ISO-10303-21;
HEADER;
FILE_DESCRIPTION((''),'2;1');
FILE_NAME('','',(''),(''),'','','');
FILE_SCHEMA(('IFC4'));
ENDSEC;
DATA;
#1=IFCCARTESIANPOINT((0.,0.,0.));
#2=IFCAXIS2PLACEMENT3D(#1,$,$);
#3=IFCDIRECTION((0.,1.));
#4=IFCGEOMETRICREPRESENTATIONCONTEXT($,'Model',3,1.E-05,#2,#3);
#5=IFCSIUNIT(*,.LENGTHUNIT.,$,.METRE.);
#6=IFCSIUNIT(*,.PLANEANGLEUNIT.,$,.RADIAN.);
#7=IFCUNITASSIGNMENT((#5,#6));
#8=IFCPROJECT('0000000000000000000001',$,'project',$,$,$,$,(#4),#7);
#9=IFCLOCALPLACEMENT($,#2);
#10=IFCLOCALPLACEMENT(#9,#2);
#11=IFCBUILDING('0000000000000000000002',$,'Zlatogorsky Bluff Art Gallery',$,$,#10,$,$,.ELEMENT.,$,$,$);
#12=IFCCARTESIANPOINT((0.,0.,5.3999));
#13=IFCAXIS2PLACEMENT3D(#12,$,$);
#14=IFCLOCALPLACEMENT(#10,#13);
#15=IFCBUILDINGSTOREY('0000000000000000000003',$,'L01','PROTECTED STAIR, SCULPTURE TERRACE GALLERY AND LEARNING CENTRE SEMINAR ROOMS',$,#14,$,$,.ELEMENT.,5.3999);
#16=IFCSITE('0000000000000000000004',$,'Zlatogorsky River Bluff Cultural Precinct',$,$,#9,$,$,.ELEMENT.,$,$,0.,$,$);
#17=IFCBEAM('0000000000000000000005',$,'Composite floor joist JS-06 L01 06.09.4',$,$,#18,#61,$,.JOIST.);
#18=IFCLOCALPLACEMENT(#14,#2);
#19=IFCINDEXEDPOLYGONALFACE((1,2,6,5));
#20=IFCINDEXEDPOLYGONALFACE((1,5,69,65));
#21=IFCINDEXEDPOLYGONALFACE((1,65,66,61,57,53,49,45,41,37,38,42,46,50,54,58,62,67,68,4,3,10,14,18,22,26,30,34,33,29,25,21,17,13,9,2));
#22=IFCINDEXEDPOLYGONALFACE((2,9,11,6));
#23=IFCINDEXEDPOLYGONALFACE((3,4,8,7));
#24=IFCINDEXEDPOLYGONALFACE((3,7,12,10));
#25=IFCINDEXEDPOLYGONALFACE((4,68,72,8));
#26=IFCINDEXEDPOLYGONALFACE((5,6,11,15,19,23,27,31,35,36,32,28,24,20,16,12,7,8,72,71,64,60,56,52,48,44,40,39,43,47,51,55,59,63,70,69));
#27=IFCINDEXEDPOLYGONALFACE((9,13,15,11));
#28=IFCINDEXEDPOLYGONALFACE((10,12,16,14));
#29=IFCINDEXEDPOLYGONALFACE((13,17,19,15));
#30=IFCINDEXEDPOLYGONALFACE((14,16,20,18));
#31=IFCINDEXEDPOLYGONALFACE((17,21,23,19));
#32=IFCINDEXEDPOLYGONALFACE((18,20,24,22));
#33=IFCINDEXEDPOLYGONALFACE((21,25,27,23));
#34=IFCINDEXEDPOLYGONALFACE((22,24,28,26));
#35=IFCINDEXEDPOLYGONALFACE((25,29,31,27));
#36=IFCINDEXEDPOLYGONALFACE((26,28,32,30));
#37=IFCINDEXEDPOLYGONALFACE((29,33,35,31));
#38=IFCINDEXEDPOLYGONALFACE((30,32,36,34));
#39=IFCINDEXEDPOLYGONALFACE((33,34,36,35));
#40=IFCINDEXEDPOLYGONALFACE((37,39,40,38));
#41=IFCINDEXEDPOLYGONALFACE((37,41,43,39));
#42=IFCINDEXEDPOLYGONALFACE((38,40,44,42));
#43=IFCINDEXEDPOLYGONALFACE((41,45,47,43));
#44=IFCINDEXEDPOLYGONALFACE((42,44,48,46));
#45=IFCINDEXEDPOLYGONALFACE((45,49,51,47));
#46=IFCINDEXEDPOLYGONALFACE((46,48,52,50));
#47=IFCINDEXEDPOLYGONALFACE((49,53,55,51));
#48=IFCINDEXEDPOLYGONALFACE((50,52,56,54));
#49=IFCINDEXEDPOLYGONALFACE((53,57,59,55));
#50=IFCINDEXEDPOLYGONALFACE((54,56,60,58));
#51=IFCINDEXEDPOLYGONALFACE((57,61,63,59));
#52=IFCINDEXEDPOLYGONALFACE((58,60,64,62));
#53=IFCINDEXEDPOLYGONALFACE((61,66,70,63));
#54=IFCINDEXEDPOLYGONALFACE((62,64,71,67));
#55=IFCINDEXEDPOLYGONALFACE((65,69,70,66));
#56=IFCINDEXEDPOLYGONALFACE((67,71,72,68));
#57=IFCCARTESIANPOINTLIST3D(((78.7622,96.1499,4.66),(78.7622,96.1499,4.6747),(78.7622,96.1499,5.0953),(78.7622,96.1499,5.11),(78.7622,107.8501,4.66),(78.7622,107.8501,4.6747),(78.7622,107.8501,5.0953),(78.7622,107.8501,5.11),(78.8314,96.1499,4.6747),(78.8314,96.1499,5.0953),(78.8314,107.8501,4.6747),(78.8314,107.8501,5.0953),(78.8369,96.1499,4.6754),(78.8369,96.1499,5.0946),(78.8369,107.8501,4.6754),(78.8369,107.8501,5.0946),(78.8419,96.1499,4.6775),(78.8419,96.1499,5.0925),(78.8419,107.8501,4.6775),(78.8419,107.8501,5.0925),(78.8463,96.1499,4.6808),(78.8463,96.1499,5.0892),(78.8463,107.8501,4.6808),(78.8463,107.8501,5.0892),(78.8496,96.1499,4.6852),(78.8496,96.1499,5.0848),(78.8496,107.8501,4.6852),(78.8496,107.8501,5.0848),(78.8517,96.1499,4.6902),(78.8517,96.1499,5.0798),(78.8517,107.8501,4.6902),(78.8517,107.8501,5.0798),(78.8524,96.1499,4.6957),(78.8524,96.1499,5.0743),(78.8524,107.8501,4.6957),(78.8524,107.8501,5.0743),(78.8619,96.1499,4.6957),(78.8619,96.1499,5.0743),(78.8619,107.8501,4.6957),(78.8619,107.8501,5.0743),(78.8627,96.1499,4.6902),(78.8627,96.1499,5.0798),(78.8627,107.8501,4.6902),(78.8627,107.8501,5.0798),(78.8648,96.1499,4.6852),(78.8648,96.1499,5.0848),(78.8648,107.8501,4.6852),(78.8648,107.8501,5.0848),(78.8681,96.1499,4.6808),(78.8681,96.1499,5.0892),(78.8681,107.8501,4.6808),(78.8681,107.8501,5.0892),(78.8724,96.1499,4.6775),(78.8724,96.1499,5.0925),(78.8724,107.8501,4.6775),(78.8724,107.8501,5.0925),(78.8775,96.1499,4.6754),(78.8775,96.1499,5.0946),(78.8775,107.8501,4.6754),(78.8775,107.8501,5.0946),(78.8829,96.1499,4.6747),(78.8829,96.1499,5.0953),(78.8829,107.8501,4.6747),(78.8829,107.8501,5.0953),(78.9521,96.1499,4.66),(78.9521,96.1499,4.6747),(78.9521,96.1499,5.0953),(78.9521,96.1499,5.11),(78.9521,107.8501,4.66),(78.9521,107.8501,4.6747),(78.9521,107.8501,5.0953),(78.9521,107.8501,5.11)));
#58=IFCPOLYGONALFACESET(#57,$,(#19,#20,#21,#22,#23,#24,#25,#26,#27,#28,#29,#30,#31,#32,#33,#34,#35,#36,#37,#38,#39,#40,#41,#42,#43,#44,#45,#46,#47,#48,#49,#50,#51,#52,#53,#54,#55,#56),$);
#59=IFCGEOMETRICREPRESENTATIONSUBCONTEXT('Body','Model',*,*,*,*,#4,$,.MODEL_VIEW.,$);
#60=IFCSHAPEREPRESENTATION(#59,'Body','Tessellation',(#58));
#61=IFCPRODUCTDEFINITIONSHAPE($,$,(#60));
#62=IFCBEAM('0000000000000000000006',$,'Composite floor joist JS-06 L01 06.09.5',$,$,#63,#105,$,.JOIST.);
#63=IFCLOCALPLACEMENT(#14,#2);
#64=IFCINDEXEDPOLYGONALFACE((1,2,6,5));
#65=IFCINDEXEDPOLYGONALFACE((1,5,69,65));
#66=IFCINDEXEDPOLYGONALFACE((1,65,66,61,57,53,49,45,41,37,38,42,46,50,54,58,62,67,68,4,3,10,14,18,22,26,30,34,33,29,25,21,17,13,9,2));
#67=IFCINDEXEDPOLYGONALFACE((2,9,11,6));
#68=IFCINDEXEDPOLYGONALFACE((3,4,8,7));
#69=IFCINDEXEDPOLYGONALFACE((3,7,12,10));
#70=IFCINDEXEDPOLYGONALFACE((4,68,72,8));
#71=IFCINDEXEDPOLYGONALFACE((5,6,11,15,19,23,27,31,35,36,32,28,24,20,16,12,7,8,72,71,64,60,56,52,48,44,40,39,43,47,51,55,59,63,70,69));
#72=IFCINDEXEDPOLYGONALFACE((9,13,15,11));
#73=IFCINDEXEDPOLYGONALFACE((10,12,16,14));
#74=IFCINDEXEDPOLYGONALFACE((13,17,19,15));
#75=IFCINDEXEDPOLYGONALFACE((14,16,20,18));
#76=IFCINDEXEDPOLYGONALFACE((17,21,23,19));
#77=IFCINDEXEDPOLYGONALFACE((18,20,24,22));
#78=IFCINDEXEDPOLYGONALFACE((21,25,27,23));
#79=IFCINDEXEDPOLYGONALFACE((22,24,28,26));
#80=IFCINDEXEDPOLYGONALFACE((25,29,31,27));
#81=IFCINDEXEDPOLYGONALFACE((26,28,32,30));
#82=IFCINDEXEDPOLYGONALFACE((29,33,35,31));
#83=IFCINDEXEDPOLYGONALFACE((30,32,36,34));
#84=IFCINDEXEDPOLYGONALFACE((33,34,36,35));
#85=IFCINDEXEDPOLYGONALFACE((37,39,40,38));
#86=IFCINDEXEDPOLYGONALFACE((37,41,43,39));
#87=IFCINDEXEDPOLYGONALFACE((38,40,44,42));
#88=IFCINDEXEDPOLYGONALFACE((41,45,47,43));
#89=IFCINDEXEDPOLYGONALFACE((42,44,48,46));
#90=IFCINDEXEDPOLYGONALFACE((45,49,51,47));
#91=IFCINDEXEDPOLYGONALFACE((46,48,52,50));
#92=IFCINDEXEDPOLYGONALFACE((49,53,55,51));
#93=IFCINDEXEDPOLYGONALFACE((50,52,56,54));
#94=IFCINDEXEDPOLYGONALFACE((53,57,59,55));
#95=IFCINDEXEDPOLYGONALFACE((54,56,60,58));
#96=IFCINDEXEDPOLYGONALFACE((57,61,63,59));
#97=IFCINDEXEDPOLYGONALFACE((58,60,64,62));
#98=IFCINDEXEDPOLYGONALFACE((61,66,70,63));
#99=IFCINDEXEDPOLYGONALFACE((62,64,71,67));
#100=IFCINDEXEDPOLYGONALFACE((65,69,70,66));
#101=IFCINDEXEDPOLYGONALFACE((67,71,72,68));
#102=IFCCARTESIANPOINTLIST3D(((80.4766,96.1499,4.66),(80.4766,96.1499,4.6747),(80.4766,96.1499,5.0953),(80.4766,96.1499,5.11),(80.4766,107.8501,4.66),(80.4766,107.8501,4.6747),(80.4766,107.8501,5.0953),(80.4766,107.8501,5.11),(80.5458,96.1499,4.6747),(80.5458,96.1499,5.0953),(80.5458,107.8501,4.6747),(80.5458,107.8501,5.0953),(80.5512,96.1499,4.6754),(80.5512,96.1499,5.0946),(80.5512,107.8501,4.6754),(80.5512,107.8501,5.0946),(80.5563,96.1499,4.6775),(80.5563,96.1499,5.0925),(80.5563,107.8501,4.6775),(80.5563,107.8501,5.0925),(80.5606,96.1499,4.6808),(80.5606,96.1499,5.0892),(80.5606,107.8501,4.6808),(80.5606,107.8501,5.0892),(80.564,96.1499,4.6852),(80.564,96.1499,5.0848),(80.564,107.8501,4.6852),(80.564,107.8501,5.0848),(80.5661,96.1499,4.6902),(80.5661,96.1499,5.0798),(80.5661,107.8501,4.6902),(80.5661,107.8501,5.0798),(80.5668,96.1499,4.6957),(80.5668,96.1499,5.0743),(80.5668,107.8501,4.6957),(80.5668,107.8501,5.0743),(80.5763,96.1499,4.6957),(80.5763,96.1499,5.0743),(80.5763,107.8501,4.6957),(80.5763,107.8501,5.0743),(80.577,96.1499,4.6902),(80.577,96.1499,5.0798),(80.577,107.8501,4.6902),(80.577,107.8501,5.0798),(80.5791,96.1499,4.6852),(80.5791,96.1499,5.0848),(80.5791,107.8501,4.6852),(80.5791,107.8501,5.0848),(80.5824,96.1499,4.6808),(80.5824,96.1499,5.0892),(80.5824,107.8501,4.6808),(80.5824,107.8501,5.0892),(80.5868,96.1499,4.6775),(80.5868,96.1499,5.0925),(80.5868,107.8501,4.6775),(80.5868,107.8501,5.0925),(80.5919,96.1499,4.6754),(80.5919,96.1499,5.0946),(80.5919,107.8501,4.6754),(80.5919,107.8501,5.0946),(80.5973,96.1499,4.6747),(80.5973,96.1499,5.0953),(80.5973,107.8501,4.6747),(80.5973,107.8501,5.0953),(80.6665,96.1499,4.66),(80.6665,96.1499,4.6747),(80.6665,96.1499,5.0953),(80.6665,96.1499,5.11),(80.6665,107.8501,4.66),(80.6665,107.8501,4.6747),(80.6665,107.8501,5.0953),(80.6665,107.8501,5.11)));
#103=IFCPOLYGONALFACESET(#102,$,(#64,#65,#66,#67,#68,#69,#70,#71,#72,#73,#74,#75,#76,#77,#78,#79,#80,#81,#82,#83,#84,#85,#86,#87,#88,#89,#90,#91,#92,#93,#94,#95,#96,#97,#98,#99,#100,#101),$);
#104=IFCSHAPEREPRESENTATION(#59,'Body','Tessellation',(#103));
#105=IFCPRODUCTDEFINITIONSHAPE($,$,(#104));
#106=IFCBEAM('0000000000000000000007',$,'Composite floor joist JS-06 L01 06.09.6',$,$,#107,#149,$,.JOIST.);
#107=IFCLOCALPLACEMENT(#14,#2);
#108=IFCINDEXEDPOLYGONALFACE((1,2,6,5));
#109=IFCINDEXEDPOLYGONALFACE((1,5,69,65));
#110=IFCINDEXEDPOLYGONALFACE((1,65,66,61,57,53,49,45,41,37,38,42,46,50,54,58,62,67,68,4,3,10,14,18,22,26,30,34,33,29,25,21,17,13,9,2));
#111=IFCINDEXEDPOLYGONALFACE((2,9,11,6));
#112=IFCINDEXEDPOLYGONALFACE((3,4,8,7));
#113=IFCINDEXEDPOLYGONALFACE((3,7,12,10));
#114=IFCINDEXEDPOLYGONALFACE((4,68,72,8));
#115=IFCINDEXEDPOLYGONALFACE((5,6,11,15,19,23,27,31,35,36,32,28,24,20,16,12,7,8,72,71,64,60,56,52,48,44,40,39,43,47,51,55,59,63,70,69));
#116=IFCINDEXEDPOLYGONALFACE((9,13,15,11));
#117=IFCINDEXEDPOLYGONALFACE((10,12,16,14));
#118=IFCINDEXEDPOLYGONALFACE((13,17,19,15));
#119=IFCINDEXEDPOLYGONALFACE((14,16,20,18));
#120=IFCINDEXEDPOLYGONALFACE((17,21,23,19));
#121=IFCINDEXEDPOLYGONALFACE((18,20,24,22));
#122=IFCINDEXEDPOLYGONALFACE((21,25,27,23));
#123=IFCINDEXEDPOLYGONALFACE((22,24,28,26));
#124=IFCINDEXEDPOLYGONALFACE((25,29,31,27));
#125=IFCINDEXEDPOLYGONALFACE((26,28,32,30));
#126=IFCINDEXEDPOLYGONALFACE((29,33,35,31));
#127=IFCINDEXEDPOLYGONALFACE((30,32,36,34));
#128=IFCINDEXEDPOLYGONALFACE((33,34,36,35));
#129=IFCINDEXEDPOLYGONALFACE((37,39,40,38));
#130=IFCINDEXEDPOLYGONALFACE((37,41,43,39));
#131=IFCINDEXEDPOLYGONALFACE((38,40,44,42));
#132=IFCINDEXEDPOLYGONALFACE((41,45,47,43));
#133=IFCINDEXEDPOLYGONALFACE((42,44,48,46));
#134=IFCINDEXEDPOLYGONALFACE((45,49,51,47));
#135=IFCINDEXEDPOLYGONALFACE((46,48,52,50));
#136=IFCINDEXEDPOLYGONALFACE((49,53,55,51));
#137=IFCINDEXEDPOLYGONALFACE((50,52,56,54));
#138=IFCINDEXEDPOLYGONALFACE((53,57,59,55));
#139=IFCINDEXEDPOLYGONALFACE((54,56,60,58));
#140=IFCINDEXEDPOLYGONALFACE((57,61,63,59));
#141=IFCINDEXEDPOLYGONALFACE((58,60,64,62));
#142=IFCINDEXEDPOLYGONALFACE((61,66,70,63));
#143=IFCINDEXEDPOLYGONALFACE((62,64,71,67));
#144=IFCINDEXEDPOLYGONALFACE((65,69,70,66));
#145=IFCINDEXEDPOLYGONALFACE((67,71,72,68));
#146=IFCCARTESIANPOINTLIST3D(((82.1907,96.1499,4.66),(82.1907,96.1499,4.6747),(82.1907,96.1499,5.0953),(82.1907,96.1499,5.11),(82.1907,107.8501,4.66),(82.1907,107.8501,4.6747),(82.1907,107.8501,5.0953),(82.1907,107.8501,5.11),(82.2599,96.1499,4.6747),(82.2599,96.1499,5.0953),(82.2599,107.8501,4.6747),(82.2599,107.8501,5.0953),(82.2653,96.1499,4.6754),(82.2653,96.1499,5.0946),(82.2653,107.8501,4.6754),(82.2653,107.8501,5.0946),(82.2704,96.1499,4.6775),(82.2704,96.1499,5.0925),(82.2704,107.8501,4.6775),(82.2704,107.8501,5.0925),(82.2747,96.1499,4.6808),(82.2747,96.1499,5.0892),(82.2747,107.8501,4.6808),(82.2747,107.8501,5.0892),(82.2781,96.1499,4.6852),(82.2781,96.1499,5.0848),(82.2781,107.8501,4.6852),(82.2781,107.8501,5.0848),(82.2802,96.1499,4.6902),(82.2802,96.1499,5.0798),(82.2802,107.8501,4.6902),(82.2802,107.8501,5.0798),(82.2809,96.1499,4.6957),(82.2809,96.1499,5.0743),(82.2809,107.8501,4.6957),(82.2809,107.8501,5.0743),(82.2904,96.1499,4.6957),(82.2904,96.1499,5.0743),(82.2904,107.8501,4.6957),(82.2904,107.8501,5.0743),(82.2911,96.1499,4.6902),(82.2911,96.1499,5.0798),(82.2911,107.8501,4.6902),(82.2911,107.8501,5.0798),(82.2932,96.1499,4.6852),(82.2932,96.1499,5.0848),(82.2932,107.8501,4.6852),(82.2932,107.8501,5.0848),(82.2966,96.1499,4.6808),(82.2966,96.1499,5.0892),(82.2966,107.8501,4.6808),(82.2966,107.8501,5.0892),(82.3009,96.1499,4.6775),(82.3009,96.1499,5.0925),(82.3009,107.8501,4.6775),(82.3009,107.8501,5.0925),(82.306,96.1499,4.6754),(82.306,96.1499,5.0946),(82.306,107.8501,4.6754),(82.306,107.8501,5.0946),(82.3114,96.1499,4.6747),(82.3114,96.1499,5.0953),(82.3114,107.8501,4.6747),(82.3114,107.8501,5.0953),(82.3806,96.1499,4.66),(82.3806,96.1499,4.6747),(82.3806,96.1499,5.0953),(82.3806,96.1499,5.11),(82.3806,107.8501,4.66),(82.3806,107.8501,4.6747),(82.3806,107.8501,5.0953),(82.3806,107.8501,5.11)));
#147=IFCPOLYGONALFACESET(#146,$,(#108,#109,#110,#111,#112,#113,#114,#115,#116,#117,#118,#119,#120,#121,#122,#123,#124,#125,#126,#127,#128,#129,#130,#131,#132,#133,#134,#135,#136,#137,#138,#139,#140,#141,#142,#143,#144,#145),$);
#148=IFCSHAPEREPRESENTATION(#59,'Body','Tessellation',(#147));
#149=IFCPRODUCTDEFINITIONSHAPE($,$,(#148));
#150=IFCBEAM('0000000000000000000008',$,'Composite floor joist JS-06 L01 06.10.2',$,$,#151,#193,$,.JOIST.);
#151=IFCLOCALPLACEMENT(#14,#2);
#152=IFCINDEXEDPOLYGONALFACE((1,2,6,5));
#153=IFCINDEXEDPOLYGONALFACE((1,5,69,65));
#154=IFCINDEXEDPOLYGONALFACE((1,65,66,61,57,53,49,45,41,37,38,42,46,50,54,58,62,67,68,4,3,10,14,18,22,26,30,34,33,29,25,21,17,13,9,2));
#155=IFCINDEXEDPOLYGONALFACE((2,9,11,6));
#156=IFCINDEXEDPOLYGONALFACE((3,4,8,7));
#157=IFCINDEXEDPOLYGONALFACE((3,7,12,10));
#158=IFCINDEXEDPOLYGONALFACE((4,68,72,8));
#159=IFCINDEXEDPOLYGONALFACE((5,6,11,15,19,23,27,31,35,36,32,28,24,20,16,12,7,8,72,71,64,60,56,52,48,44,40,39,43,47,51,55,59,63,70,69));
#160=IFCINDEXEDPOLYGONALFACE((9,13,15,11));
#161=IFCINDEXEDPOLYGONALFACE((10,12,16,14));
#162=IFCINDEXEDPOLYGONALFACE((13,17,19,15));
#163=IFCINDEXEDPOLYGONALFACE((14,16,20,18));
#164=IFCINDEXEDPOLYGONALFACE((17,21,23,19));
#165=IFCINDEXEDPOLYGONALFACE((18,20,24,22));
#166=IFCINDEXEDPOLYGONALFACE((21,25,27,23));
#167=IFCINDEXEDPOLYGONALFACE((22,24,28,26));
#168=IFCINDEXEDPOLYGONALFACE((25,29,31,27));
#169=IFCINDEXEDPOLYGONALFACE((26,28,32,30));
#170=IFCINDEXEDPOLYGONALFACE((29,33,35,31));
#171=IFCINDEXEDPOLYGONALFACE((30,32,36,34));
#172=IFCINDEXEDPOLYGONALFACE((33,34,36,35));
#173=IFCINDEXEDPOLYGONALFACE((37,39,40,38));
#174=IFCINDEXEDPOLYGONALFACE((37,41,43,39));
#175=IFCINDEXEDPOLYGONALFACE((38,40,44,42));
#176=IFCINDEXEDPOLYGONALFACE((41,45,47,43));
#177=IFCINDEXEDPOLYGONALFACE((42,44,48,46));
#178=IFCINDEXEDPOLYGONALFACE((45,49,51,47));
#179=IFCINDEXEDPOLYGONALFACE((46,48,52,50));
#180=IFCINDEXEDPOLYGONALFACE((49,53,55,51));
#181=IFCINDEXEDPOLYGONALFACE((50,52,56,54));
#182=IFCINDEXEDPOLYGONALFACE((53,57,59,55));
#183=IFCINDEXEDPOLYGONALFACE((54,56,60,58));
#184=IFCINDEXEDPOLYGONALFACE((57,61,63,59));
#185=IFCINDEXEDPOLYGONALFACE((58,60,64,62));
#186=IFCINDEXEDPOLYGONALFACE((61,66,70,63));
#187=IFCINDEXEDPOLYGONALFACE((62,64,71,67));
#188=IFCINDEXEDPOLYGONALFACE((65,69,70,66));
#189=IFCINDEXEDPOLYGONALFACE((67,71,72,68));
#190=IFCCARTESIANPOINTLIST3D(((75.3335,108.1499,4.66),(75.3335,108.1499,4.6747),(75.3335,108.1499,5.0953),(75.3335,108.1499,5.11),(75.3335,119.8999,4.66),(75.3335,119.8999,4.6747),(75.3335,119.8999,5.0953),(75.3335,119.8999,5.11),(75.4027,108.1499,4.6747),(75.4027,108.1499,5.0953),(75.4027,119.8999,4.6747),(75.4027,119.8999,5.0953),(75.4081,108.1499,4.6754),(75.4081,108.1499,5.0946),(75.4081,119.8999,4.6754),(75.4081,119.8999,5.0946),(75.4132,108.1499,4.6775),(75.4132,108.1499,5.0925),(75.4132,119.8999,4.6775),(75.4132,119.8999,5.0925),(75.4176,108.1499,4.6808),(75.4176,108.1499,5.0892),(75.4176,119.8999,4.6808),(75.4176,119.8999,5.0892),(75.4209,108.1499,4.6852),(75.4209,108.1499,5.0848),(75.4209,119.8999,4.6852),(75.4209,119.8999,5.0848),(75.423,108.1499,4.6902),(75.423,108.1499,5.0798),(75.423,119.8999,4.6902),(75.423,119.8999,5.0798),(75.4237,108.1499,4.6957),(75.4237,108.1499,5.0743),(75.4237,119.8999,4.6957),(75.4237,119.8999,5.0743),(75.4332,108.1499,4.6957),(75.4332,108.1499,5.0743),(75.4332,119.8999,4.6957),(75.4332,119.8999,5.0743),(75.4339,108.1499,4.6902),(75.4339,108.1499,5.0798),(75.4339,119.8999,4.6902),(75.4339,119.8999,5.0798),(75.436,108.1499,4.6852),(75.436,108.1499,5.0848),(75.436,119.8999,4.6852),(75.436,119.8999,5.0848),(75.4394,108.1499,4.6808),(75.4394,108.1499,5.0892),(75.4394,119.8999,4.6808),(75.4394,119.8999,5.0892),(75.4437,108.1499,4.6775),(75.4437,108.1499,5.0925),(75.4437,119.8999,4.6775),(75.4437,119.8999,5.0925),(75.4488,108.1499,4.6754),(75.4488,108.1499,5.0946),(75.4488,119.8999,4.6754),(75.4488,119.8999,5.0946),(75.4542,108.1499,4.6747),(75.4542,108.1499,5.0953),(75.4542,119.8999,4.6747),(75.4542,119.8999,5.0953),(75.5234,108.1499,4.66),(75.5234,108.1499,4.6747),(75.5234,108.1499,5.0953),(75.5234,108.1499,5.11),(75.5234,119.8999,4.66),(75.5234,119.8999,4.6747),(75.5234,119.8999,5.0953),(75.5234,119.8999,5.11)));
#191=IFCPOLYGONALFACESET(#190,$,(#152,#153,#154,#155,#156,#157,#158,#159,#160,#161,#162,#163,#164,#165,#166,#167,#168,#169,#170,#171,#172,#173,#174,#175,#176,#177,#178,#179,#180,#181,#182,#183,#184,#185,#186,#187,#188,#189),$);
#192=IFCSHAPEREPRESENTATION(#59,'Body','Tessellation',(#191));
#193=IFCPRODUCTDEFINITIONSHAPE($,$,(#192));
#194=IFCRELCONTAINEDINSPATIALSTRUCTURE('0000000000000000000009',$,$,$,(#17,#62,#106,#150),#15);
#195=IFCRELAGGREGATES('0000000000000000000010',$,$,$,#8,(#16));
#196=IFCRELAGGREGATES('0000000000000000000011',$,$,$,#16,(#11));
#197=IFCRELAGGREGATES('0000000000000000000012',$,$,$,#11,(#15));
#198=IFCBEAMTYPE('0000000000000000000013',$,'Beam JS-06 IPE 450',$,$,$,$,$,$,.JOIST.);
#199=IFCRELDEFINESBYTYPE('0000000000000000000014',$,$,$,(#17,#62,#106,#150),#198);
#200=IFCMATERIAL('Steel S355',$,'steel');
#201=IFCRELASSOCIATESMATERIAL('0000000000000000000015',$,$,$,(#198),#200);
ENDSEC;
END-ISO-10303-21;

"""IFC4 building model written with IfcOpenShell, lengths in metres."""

from ifc_helpers import new_model, si_unit, direction, frame, origin, origin_2d, place, context, subcontext, project, spatial, i_section, extrude, material, material_profile, profile_set, type_object, element, save


model = new_model("IFC4")

# Units and contexts
model_context = context("Model", 3, precision=1e-05, world=origin(), true_north=direction((0.0, 1.0)))
body_context = subcontext(model_context, "Body", "Model", "MODEL_VIEW")
ifc_project = project(units=[si_unit("LENGTHUNIT", "METRE"), si_unit("PLANEANGLEUNIT", "RADIAN")], contexts=[model_context])

# Site, building, storey
site_placement = place(None, origin())
site = spatial("IfcSite", under=ifc_project, at=site_placement, Name="Zlatogorsky River Bluff Cultural Precinct", CompositionType="ELEMENT", RefElevation=0.0)
building_placement = place(site_placement, origin())
building = spatial("IfcBuilding", under=site, at=building_placement, Name="Zlatogorsky Bluff Art Gallery", CompositionType="ELEMENT")
storey_placement = place(building_placement, frame((0.0, 0.0, 5.3999)))
storey = spatial("IfcBuildingStorey", under=building, at=storey_placement, Name="L01", Description="PROTECTED STAIR, SCULPTURE TERRACE GALLERY AND LEARNING CENTRE SEMINAR ROOMS", CompositionType="ELEMENT", Elevation=5.3999)

# Shared definitions
ifc_material_1 = material(Name="Steel S355", Category="steel")

# Beams
ifc_material_profile_1 = material_profile(ifc_material_1, i_section(OverallWidth=0.1899, OverallDepth=0.45, WebThickness=0.0095, FlangeThickness=0.0146, FilletRadius=0.021, at=origin_2d()), Name="IPE 450")
ifc_profile_set_1 = profile_set([ifc_material_profile_1], Name="Steel S355")
beam_type_1 = type_object("IfcBeamType", Name="Beam JS-06 IPE 450", PredefinedType="JOIST", material=ifc_profile_set_1)
for number, where, z_axis, x_axis, name in (
    (1, (78.8572, 96.1499, 4.885), (0.0, 1.0, 0.0), (-1.0, 0.0, 0.0), "Composite floor joist JS-06 L01 06.09.4"),
    (2, (80.5715, 96.1499, 4.885), (0.0, 1.0, 0.0), (-1.0, 0.0, 0.0), "Composite floor joist JS-06 L01 06.09.5"),
    (3, (82.2856, 96.1499, 4.885), (0.0, 1.0, 0.0), (-1.0, 0.0, 0.0), "Composite floor joist JS-06 L01 06.09.6"),
):
    element("IfcBeam", number, at=place(storey_placement, frame(where, z_axis=z_axis, x_axis=x_axis)), inside=storey, type_object=beam_type_1, Name=name, PredefinedType="JOIST", context=body_context, shape_type="SweptSolid", body=[
        extrude(i_section(OverallWidth=0.1899, OverallDepth=0.45, WebThickness=0.0095, FlangeThickness=0.0146, FilletRadius=0.021, at=origin_2d()), origin(), (0.0, 0.0, 1.0), 11.7002),
    ])
for number, where, z_axis, x_axis, name in (
    (4, (75.4285, 108.1499, 4.885), (0.0, 1.0, 0.0), (-1.0, 0.0, 0.0), "Composite floor joist JS-06 L01 06.10.2"),
):
    element("IfcBeam", number, at=place(storey_placement, frame(where, z_axis=z_axis, x_axis=x_axis)), inside=storey, type_object=beam_type_1, Name=name, PredefinedType="JOIST", context=body_context, shape_type="SweptSolid", body=[
        extrude(i_section(OverallWidth=0.1899, OverallDepth=0.45, WebThickness=0.0095, FlangeThickness=0.0146, FilletRadius=0.021, at=origin_2d()), origin(), (0.0, 0.0, 1.0), 11.75),
    ])

save(model, "model.ifc")
